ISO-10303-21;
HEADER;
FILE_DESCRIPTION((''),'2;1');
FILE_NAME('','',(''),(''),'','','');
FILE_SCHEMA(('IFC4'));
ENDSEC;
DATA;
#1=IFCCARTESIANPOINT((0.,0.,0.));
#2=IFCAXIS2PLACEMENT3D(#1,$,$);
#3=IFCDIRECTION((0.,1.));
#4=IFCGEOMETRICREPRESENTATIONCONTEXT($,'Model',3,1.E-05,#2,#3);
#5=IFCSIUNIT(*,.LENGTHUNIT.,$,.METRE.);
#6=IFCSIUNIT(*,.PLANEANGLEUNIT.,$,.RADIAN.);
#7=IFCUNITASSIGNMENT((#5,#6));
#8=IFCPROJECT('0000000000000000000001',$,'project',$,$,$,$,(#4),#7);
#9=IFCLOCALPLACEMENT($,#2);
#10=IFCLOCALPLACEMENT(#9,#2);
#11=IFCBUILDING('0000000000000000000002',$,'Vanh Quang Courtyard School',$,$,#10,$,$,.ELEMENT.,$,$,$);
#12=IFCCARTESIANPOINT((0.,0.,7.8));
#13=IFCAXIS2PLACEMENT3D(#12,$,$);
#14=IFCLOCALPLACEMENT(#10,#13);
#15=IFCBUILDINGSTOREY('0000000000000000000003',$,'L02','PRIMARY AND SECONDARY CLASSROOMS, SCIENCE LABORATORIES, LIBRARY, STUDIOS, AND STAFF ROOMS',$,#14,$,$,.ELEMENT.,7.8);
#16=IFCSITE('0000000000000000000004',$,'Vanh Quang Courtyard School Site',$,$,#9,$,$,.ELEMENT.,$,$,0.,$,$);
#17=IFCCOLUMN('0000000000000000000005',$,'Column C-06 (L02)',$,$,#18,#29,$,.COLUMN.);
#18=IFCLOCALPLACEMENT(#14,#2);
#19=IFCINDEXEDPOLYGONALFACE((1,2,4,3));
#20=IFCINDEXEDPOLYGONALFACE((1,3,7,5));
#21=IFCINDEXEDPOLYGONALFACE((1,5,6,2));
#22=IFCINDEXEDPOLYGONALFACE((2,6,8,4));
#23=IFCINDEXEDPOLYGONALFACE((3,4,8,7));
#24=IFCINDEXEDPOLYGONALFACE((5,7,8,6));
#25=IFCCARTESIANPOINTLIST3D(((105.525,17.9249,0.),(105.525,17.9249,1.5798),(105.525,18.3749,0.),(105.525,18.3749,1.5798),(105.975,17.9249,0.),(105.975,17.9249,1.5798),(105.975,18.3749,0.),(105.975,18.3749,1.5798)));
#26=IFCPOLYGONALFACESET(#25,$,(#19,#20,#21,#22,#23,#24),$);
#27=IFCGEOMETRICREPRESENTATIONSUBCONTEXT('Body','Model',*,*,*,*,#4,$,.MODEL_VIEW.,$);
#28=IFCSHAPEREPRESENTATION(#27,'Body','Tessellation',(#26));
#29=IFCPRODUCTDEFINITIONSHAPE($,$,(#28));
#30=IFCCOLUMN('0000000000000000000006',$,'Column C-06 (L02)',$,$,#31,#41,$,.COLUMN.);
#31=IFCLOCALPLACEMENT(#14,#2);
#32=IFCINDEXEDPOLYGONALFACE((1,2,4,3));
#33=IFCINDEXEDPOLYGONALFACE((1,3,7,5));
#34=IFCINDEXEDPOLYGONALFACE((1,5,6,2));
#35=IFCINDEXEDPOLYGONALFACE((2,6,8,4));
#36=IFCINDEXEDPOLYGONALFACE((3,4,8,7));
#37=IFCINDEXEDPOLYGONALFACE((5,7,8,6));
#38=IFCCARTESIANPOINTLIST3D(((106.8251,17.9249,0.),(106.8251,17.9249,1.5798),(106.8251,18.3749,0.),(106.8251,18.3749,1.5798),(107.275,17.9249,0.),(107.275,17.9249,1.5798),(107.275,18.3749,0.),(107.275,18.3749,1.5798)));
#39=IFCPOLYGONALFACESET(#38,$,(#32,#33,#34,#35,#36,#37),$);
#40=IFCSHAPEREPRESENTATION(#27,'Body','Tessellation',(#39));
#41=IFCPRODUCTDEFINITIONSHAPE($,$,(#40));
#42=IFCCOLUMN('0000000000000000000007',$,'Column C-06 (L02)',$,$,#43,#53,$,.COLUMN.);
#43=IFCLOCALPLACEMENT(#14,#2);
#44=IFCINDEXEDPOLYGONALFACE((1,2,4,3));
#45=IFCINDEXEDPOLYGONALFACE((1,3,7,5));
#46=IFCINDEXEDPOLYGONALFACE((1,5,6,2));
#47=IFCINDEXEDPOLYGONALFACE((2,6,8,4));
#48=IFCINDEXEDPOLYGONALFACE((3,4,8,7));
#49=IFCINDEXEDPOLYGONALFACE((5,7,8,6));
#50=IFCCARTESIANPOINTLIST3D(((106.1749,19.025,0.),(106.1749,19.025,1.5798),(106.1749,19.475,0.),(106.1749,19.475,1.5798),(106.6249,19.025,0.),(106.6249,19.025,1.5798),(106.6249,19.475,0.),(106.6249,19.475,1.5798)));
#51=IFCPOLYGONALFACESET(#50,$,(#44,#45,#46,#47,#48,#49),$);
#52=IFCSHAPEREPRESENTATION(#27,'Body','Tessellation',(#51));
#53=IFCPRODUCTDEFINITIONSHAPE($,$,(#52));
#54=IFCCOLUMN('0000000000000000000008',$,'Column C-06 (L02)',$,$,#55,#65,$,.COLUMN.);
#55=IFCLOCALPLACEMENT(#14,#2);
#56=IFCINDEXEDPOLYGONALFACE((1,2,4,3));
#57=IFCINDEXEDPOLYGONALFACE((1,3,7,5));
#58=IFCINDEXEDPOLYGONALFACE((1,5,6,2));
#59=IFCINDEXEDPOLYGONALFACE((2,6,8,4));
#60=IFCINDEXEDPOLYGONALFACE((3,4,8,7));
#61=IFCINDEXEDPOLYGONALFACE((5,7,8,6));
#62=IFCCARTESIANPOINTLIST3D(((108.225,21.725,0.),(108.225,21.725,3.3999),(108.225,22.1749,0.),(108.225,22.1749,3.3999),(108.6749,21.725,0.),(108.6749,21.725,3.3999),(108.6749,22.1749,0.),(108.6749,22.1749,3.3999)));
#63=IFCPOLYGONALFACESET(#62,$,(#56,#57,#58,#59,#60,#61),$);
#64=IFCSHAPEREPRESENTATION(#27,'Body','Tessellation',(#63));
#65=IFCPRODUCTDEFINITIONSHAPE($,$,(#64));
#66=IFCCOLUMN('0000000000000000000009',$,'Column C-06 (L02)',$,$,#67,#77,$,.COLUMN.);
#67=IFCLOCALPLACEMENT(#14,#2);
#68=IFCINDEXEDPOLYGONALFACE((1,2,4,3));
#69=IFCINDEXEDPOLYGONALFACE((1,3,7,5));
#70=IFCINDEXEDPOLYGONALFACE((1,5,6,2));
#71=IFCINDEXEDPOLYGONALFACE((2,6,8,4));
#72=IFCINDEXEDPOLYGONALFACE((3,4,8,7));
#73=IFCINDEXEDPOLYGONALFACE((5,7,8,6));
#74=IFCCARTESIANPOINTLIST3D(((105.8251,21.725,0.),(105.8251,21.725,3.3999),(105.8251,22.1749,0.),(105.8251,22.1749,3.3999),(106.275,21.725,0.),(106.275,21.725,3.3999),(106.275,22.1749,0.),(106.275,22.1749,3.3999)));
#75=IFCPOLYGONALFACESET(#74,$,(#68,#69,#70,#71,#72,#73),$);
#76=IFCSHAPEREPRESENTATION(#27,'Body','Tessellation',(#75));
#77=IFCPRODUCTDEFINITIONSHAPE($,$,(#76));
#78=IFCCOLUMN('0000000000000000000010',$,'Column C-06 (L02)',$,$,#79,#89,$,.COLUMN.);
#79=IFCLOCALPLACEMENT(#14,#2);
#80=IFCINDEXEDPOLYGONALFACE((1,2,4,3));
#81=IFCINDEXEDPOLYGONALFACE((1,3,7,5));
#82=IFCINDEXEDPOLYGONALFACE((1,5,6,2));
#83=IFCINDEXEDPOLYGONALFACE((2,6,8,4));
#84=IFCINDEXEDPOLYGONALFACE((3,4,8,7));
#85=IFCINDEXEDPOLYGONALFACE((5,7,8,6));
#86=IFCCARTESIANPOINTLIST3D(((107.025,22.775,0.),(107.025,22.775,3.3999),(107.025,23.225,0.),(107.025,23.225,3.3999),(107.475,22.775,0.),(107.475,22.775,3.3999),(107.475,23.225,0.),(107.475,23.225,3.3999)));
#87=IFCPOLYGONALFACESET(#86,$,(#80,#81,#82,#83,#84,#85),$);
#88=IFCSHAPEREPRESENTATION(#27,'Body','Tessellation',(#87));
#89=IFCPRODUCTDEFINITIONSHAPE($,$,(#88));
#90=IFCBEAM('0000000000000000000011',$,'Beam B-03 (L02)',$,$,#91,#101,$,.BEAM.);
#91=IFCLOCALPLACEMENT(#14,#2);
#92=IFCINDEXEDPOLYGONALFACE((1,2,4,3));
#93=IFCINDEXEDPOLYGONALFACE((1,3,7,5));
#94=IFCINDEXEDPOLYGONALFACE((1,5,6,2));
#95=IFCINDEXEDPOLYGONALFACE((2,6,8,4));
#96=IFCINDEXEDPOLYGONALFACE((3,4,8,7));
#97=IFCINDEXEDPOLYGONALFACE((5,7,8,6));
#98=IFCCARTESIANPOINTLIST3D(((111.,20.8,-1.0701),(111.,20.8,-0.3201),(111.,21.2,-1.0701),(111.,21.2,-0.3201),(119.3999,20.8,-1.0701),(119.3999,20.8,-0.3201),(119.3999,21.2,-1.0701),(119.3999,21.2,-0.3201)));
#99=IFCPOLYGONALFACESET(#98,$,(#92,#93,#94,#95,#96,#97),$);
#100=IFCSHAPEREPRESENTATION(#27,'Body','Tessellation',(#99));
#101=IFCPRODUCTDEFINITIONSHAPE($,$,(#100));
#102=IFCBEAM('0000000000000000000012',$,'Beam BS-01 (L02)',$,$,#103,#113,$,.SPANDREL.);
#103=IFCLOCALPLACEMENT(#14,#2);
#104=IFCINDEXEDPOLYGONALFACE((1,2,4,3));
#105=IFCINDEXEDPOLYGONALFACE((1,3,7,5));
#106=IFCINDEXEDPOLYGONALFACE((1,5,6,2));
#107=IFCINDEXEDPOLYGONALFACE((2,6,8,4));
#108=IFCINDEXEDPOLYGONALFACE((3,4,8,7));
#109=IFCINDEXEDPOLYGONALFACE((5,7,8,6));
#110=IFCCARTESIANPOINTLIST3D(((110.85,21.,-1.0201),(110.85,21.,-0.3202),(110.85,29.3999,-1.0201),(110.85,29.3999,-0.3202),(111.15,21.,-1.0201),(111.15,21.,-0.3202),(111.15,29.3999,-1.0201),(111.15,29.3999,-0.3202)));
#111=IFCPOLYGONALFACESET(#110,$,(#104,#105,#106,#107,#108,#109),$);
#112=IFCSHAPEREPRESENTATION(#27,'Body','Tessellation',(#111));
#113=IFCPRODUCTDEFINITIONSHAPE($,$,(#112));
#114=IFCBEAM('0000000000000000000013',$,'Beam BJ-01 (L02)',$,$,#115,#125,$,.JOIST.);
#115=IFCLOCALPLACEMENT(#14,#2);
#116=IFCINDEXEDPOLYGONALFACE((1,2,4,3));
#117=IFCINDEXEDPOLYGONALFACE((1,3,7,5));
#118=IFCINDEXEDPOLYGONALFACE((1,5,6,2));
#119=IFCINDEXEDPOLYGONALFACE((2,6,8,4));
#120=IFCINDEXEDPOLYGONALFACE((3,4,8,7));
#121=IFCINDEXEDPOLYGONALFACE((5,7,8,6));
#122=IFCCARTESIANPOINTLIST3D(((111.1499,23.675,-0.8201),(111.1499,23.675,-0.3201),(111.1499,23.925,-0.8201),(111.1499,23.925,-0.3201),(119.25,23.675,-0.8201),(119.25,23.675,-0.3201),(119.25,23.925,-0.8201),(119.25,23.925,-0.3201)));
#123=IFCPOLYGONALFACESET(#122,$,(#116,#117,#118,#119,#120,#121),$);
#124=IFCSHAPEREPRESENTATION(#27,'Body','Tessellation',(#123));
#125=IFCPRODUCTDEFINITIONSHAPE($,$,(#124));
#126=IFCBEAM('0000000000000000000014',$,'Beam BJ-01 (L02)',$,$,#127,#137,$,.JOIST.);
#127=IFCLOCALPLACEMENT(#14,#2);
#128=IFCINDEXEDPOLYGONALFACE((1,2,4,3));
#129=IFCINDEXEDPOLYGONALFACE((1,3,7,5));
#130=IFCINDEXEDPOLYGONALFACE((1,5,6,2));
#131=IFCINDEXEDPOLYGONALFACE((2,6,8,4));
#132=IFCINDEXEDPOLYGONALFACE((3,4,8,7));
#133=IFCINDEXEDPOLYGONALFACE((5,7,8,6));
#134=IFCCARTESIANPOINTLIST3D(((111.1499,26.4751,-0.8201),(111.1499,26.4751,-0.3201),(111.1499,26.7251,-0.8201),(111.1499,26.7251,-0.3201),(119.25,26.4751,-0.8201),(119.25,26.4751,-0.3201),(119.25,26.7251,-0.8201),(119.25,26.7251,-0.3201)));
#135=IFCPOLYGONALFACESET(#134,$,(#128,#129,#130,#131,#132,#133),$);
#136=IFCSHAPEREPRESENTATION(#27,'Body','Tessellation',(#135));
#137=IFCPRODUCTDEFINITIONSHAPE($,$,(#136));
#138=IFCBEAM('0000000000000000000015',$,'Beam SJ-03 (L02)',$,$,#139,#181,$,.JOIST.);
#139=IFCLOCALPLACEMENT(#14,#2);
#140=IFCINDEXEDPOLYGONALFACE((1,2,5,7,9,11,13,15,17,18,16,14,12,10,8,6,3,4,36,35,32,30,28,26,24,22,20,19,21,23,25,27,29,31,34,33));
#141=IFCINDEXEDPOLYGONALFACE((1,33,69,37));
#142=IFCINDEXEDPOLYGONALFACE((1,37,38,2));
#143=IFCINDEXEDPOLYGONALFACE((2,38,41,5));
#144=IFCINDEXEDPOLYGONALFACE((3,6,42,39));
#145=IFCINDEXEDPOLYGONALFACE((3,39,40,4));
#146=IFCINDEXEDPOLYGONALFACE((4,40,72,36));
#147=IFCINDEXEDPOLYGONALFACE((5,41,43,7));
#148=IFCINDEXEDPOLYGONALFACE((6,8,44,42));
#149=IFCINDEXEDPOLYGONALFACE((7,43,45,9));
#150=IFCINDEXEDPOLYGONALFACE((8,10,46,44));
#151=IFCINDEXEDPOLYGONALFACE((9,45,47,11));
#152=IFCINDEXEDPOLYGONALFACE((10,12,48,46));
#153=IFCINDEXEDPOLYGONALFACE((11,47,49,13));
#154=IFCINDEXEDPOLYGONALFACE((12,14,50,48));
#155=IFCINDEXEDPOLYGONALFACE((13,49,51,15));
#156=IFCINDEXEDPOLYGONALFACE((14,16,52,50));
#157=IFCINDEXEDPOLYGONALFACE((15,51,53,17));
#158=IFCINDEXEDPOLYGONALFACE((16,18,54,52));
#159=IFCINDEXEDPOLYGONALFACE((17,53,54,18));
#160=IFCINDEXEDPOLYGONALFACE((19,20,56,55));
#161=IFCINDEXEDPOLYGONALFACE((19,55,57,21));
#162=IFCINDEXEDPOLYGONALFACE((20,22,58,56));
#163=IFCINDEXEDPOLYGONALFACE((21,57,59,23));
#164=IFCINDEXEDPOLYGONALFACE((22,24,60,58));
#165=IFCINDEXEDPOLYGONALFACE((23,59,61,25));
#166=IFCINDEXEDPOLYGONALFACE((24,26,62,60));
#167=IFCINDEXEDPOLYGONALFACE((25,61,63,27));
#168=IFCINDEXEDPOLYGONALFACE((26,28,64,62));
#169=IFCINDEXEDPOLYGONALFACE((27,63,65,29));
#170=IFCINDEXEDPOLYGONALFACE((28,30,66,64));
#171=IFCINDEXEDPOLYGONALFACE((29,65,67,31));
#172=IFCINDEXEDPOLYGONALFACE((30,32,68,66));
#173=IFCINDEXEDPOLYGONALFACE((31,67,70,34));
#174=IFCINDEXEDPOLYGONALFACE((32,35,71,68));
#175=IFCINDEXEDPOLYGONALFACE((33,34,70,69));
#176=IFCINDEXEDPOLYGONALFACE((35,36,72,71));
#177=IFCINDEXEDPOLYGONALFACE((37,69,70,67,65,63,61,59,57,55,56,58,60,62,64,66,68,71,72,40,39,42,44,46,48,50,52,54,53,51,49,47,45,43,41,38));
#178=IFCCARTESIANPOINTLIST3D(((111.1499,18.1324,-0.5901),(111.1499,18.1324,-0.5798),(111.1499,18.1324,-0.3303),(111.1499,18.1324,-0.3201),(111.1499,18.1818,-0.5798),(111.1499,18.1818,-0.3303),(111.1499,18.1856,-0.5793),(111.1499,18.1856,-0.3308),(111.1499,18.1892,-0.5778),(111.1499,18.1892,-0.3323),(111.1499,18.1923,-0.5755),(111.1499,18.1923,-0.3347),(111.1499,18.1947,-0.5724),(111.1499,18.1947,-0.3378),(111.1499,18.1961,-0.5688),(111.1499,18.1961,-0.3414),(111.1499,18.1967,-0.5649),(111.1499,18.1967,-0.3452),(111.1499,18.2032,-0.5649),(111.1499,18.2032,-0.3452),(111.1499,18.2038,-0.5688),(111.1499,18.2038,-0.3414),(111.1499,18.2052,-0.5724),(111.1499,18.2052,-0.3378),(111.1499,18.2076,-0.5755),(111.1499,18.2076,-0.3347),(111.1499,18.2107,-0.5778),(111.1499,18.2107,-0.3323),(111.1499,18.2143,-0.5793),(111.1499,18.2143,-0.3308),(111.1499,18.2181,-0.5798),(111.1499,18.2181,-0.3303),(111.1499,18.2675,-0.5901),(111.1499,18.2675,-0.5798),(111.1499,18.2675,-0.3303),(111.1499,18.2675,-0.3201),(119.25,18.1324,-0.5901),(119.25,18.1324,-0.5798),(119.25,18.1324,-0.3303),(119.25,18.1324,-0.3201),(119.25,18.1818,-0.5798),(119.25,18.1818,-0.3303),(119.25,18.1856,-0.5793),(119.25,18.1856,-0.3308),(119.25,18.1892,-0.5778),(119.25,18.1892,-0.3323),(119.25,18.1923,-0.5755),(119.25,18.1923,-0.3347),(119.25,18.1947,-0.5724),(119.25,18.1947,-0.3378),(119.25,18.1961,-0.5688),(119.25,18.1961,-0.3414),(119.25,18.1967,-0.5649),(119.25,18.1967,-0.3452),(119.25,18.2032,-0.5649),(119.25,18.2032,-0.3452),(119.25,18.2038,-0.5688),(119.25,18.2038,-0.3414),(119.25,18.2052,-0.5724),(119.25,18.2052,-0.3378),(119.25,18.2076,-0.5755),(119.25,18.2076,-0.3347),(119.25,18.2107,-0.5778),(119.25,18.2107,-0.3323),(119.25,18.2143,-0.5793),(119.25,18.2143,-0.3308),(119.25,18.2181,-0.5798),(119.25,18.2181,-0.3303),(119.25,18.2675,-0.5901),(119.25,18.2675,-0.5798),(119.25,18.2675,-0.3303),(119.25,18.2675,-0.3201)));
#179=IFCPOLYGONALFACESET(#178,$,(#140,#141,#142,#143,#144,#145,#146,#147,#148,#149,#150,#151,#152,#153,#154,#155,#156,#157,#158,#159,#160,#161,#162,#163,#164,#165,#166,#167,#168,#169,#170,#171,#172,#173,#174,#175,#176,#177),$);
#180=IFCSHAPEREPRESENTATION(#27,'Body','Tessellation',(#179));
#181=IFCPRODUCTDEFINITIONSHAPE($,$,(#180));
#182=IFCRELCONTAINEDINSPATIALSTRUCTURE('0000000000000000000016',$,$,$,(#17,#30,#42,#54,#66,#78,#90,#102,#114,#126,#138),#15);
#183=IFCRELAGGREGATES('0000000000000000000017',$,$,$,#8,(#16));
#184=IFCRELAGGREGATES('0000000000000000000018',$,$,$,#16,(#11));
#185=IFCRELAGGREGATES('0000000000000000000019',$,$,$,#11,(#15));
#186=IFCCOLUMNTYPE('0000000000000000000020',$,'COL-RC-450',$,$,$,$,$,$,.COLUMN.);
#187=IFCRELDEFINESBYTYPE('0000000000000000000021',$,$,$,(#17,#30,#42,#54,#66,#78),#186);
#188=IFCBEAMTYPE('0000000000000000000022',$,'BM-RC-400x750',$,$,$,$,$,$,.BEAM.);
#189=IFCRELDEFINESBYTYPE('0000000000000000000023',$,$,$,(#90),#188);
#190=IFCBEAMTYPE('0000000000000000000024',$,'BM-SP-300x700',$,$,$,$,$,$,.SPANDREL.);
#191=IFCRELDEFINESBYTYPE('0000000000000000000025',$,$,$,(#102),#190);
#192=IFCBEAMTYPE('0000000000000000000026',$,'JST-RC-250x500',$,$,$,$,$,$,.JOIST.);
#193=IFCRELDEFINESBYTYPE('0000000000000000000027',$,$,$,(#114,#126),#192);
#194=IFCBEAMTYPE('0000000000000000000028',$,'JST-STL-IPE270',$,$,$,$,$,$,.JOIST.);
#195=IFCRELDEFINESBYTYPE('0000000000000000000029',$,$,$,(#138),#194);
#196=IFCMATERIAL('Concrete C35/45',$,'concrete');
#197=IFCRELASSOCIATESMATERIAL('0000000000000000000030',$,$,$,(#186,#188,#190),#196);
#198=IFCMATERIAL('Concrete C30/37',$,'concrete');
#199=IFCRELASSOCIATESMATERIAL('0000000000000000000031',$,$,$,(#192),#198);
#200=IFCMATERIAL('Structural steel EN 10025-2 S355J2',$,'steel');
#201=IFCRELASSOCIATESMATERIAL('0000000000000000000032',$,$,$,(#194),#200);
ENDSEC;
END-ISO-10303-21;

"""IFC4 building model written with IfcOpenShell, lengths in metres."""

from ifc_helpers import new_model, si_unit, direction, frame, origin, origin_2d, place, context, subcontext, project, spatial, rectangle, i_section, extrude, material, material_profile, profile_set, type_object, element, save


model = new_model("IFC4")

# Units and contexts
model_context = context("Model", 3, precision=1e-05, world=origin(), true_north=direction((0.0, 1.0)))
body_context = subcontext(model_context, "Body", "Model", "MODEL_VIEW")
ifc_project = project(units=[si_unit("LENGTHUNIT", "METRE"), si_unit("PLANEANGLEUNIT", "RADIAN")], contexts=[model_context])

# Site, building, storey
site_placement = place(None, origin())
site = spatial("IfcSite", under=ifc_project, at=site_placement, Name="Vanh Quang Courtyard School Site", CompositionType="ELEMENT", RefElevation=0.0)
building_placement = place(site_placement, origin())
building = spatial("IfcBuilding", under=site, at=building_placement, Name="Vanh Quang Courtyard School", CompositionType="ELEMENT")
storey_placement = place(building_placement, frame((0.0, 0.0, 7.8)))
storey = spatial("IfcBuildingStorey", under=building, at=storey_placement, Name="L02", Description="PRIMARY AND SECONDARY CLASSROOMS, SCIENCE LABORATORIES, LIBRARY, STUDIOS, AND STAFF ROOMS", CompositionType="ELEMENT", Elevation=7.8)

# Columns
ifc_material_1 = material(Name="Concrete C35/45", Category="concrete")
ifc_material_profile_1 = material_profile(ifc_material_1, rectangle(XDim=0.45, YDim=0.45, at=origin_2d()), Name="RC-COL 450x450")
ifc_profile_set_1 = profile_set([ifc_material_profile_1], Name="Concrete C35/45")
column_type = type_object("IfcColumnType", Name="COL-RC-450", PredefinedType="COLUMN", material=ifc_profile_set_1)
for number, where, z_axis, x_axis, name in (
    (1, (105.75, 18.1499, 0.0), (0.0, 0.0, 1.0), (1.0, 0.0, 0.0), "Column C-06 (L02)"),
    (2, (107.05, 18.1499, 0.0), (0.0, 0.0, 1.0), (1.0, 0.0, 0.0), "Column C-06 (L02)"),
    (3, (106.3999, 19.25, 0.0), (0.0, 0.0, 1.0), (1.0, 0.0, 0.0), "Column C-06 (L02)"),
):
    element("IfcColumn", number, at=place(storey_placement, frame(where, z_axis=z_axis, x_axis=x_axis)), inside=storey, type_object=column_type, Name=name, PredefinedType="COLUMN", context=body_context, shape_type="SweptSolid", body=[
        extrude(rectangle(XDim=0.45, YDim=0.45, at=origin_2d()), origin(), (0.0, 0.0, 1.0), 1.5798),
    ])
for number, where, z_axis, x_axis, name in (
    (4, (108.45, 21.95, 0.0), (0.0, 0.0, 1.0), (1.0, 0.0, 0.0), "Column C-06 (L02)"),
    (5, (106.05, 21.95, 0.0), (0.0, 0.0, 1.0), (1.0, 0.0, 0.0), "Column C-06 (L02)"),
    (6, (107.25, 23.0, 0.0), (0.0, 0.0, 1.0), (1.0, 0.0, 0.0), "Column C-06 (L02)"),
):
    element("IfcColumn", number, at=place(storey_placement, frame(where, z_axis=z_axis, x_axis=x_axis)), inside=storey, type_object=column_type, Name=name, PredefinedType="COLUMN", context=body_context, shape_type="SweptSolid", body=[
        extrude(rectangle(XDim=0.45, YDim=0.45, at=origin_2d()), origin(), (0.0, 0.0, 1.0), 3.3999),
    ])

# Beams
ifc_material_profile_2 = material_profile(ifc_material_1, rectangle(XDim=0.3999, YDim=0.75, at=origin_2d()), Name="RC-BM 400x750")
ifc_profile_set_2 = profile_set([ifc_material_profile_2], Name="Concrete C35/45")
beam_type_1 = type_object("IfcBeamType", Name="BM-RC-400x750", PredefinedType="BEAM", material=ifc_profile_set_2)
beam_1_placement = place(storey_placement, frame((111.0, 21.0, -0.6951), z_axis=(1.0, 0.0, 0.0), x_axis=(0.0, 1.0, 0.0)))
element("IfcBeam", 7, at=beam_1_placement, inside=storey, type_object=beam_type_1, Name="Beam B-03 (L02)", PredefinedType="BEAM", context=body_context, shape_type="SweptSolid", body=[
    extrude(rectangle(XDim=0.3999, YDim=0.75, at=origin_2d()), origin(), (0.0, 0.0, 1.0), 8.3999),
])
ifc_material_profile_3 = material_profile(ifc_material_1, rectangle(XDim=0.3, YDim=0.7, at=origin_2d()), Name="RC-SP 300x700")
ifc_profile_set_3 = profile_set([ifc_material_profile_3], Name="Concrete C35/45")
beam_type_2 = type_object("IfcBeamType", Name="BM-SP-300x700", PredefinedType="SPANDREL", material=ifc_profile_set_3)
beam_2_placement = place(storey_placement, frame((111.0, 21.0, -0.6702), z_axis=(0.0, 1.0, 0.0), x_axis=(-1.0, 0.0, 0.0)))
element("IfcBeam", 8, at=beam_2_placement, inside=storey, type_object=beam_type_2, Name="Beam BS-01 (L02)", PredefinedType="SPANDREL", context=body_context, shape_type="SweptSolid", body=[
    extrude(rectangle(XDim=0.3, YDim=0.7, at=origin_2d()), origin(), (0.0, 0.0, 1.0), 8.3999),
])
ifc_material_2 = material(Name="Concrete C30/37", Category="concrete")
ifc_material_profile_4 = material_profile(ifc_material_2, rectangle(XDim=0.25, YDim=0.5, at=origin_2d()), Name="RC-JST 250x500")
ifc_profile_set_4 = profile_set([ifc_material_profile_4], Name="Concrete C30/37")
beam_type_3 = type_object("IfcBeamType", Name="JST-RC-250x500", PredefinedType="JOIST", material=ifc_profile_set_4)
for number, where, z_axis, x_axis, name in (
    (9, (111.1499, 23.8, -0.5701), (1.0, 0.0, 0.0), (0.0, 1.0, 0.0), "Beam BJ-01 (L02)"),
    (10, (111.1499, 26.6001, -0.5701), (1.0, 0.0, 0.0), (0.0, 1.0, 0.0), "Beam BJ-01 (L02)"),
):
    element("IfcBeam", number, at=place(storey_placement, frame(where, z_axis=z_axis, x_axis=x_axis)), inside=storey, type_object=beam_type_3, Name=name, PredefinedType="JOIST", context=body_context, shape_type="SweptSolid", body=[
        extrude(rectangle(XDim=0.25, YDim=0.5, at=origin_2d()), origin(), (0.0, 0.0, 1.0), 8.1001),
    ])
ifc_material_3 = material(Name="Structural steel EN 10025-2 S355J2", Category="steel")
ifc_material_profile_5 = material_profile(ifc_material_3, i_section(OverallWidth=0.135, OverallDepth=0.27, WebThickness=0.0066, FlangeThickness=0.0103, FilletRadius=0.0149, at=origin_2d()), Name="IPE 270")
ifc_profile_set_5 = profile_set([ifc_material_profile_5], Name="Structural steel EN 10025-2 S355J2")
beam_type_4 = type_object("IfcBeamType", Name="JST-STL-IPE270", PredefinedType="JOIST", material=ifc_profile_set_5)
beam_3_placement = place(storey_placement, frame((111.1499, 18.2, -0.4551), z_axis=(1.0, 0.0, 0.0), x_axis=(0.0, 1.0, 0.0)))
element("IfcBeam", 11, at=beam_3_placement, inside=storey, type_object=beam_type_4, Name="Beam SJ-03 (L02)", PredefinedType="JOIST", context=body_context, shape_type="SweptSolid", body=[
    extrude(i_section(OverallWidth=0.135, OverallDepth=0.27, WebThickness=0.0066, FlangeThickness=0.0103, FilletRadius=0.0149, at=origin_2d()), origin(), (0.0, 0.0, 1.0), 8.1001),
])

save(model, "model.ifc")
